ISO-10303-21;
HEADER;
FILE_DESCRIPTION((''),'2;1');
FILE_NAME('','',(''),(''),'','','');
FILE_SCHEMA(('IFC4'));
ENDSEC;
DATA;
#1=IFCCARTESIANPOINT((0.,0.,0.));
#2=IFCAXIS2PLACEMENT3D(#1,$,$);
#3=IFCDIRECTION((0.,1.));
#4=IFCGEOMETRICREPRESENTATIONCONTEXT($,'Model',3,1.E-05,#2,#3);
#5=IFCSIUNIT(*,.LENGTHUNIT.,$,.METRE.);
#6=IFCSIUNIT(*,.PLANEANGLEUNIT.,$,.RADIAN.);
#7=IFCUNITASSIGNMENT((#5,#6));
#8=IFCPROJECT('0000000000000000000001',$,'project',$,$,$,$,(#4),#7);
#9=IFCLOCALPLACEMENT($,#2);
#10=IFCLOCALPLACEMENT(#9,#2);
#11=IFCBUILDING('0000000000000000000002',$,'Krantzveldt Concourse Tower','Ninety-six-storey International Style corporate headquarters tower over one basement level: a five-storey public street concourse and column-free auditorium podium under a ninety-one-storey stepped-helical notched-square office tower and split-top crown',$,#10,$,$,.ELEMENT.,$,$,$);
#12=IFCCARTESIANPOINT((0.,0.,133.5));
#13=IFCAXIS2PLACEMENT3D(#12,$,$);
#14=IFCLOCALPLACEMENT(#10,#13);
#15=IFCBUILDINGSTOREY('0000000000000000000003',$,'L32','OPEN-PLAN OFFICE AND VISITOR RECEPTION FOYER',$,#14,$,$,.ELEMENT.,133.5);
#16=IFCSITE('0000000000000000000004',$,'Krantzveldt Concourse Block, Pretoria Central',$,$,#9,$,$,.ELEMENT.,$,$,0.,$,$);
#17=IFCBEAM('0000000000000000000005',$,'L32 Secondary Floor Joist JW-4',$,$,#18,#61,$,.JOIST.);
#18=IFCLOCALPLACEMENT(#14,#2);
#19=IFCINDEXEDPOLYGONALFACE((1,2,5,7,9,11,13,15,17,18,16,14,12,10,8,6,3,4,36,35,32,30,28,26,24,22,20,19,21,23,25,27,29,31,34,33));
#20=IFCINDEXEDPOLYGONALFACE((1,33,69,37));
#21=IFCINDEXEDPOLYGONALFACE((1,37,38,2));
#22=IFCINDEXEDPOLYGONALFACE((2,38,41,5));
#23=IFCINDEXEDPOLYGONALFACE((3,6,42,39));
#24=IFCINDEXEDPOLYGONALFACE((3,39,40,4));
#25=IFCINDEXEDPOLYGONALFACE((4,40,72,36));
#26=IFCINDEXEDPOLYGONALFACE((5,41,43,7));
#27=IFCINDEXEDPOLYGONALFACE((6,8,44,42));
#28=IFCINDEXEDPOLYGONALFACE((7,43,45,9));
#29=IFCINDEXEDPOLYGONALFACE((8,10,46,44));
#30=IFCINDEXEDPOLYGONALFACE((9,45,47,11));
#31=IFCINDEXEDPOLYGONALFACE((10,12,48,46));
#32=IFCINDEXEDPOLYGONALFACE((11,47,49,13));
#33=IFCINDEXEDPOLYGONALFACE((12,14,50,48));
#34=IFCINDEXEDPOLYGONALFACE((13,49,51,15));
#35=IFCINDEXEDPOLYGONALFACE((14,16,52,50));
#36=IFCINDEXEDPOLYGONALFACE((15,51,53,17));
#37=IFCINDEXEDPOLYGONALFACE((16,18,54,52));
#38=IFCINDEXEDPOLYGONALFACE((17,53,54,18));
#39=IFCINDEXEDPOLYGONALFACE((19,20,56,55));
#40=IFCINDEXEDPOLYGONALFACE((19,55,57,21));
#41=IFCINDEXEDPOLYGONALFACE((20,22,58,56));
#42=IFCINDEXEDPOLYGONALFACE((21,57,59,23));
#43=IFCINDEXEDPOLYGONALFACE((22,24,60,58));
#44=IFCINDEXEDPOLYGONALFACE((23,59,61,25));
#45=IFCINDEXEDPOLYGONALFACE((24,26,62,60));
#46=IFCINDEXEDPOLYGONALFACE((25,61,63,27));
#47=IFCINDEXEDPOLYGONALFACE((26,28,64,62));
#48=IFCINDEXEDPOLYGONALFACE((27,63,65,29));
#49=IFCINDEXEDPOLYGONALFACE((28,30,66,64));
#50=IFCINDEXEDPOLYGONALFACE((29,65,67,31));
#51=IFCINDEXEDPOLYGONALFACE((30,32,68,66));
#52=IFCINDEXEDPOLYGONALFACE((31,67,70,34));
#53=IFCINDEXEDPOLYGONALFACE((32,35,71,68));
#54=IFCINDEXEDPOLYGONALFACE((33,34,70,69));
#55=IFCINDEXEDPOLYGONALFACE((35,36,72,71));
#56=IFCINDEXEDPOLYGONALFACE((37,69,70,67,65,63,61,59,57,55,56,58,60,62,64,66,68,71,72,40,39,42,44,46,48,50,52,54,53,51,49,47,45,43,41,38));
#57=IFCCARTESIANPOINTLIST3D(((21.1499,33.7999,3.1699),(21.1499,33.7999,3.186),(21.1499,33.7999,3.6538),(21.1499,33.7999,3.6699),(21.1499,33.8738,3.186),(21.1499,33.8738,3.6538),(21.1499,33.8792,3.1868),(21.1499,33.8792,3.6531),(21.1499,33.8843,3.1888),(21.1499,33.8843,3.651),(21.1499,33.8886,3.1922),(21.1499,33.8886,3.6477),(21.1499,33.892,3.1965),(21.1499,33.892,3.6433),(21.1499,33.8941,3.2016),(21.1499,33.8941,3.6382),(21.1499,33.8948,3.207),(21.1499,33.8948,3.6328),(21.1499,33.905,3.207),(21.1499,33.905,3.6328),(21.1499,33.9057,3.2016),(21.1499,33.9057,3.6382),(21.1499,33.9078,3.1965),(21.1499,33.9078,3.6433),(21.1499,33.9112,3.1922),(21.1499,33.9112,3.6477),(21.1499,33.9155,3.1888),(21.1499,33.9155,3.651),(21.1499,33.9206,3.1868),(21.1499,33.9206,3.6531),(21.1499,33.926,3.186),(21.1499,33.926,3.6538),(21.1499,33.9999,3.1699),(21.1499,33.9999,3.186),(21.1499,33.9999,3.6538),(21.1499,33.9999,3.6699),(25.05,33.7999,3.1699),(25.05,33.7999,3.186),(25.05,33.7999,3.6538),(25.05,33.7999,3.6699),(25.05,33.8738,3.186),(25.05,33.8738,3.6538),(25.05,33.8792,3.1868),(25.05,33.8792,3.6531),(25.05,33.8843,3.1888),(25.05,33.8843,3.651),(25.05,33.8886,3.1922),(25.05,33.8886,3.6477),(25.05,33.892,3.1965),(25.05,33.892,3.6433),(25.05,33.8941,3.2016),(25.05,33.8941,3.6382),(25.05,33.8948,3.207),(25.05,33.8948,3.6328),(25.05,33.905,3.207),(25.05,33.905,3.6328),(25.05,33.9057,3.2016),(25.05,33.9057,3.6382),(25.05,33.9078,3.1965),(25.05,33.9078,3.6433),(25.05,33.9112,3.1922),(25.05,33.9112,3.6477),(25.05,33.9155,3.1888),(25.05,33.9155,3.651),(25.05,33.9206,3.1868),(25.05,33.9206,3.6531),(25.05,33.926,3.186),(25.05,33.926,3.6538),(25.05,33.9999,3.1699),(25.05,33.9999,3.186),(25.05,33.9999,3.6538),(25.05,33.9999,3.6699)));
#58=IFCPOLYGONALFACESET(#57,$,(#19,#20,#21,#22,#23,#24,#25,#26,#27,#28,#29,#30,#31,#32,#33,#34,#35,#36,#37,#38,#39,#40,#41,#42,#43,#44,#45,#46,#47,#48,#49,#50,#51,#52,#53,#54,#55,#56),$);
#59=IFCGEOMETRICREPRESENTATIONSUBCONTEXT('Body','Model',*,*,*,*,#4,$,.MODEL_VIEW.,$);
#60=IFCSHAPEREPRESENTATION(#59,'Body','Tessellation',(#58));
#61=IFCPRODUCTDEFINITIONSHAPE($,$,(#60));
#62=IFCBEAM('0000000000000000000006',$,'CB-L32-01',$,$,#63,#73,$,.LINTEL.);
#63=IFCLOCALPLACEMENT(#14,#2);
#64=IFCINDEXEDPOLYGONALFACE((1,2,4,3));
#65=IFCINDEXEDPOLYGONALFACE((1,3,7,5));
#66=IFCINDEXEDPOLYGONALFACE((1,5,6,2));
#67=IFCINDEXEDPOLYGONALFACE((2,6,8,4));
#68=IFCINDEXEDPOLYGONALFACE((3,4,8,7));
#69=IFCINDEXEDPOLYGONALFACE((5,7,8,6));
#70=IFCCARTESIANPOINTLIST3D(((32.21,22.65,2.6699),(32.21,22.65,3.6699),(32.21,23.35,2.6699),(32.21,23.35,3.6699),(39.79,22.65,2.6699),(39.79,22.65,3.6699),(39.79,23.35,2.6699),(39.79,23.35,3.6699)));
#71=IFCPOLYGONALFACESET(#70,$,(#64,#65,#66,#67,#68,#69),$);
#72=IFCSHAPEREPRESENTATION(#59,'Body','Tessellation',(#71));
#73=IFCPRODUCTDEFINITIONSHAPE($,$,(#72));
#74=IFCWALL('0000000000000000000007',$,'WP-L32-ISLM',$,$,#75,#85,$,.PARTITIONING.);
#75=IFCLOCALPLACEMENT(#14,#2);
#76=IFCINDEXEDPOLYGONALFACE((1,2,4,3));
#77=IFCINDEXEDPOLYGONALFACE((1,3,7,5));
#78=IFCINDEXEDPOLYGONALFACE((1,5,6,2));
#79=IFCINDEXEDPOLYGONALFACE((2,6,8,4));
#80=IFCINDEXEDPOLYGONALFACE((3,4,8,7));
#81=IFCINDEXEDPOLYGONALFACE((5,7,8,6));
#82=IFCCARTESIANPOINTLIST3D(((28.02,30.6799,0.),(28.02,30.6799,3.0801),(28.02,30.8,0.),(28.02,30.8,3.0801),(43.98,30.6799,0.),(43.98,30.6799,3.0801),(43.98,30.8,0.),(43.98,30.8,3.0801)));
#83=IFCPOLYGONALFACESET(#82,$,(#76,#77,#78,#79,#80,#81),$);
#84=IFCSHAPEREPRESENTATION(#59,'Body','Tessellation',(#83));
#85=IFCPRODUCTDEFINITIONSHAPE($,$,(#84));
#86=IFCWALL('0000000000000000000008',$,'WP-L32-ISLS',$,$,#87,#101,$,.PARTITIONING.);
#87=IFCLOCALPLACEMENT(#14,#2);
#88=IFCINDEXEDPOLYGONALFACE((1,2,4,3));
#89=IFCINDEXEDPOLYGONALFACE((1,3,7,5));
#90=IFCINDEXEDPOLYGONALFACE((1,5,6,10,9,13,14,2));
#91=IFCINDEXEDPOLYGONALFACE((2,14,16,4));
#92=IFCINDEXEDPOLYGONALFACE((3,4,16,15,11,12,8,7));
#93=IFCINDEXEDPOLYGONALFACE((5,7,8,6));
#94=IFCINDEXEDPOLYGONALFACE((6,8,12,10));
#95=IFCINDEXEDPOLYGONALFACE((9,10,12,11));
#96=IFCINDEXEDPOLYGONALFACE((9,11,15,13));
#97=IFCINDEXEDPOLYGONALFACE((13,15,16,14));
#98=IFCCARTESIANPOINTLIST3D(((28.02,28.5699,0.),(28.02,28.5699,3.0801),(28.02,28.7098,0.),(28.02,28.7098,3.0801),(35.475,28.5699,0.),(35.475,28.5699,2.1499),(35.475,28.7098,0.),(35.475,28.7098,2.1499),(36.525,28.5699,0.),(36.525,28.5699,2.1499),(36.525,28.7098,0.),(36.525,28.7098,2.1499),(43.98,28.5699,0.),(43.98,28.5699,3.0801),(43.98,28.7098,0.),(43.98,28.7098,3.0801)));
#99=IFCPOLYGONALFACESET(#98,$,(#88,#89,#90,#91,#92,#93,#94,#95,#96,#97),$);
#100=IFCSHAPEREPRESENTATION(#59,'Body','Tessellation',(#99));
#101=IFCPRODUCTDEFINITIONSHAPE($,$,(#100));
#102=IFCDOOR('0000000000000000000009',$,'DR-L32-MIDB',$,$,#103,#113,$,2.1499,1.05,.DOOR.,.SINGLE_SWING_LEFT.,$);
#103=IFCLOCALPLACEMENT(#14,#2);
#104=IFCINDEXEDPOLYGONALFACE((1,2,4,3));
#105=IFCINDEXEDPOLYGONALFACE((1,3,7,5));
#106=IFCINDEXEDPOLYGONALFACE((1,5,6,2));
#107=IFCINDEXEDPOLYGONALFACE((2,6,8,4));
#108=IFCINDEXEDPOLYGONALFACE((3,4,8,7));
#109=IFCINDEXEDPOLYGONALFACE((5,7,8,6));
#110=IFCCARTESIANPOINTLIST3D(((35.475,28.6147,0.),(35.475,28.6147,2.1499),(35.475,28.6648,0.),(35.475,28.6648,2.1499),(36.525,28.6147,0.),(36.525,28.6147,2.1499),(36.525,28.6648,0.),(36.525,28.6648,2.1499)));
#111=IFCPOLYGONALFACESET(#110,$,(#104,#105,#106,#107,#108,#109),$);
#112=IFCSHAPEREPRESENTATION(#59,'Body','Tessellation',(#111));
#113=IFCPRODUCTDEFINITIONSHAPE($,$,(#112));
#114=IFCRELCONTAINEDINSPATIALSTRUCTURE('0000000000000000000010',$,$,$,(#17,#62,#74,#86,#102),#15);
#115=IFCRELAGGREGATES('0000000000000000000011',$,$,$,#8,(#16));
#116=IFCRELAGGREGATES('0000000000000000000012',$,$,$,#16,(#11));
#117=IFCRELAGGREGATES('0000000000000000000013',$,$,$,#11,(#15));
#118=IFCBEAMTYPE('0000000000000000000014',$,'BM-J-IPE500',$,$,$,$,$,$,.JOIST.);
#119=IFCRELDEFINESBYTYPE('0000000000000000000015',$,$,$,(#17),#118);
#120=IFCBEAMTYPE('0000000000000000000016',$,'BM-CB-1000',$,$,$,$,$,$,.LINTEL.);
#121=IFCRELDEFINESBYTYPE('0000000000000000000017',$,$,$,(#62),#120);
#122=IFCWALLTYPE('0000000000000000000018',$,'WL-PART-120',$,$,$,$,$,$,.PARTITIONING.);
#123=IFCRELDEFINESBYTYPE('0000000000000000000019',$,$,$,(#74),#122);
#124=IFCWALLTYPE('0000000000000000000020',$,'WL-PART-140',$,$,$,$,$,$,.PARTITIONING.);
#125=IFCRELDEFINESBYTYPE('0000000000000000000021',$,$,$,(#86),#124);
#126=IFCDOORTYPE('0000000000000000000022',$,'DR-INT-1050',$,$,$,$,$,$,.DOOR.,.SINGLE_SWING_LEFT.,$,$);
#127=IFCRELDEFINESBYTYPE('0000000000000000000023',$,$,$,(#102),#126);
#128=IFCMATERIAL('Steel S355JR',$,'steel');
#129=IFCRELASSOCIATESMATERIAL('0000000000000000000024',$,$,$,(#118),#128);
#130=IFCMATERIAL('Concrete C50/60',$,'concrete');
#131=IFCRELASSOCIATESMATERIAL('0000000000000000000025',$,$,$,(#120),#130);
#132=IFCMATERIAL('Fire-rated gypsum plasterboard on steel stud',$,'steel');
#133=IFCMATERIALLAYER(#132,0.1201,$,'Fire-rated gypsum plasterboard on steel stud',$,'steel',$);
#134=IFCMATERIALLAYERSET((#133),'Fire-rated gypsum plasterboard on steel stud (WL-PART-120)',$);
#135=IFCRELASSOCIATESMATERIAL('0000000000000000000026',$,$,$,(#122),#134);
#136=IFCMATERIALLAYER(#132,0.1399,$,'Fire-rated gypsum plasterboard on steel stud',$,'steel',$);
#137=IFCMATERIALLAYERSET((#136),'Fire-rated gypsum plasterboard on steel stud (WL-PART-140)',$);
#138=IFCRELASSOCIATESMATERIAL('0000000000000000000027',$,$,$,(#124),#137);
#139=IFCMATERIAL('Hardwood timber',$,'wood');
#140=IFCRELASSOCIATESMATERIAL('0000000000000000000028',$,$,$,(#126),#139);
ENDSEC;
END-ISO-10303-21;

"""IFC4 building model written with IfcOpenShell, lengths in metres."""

from ifc_helpers import new_model, si_unit, direction, frame, frame_2d, origin, origin_2d, place, context, subcontext, project, spatial, rectangle, i_section, extrude, source, transform, mapped, material, layer, layer_set, material_profile, profile_set, type_object, type_shapes, element, fill, save


model = new_model("IFC4")

# Units and contexts
model_context = context("Model", 3, precision=1e-05, world=origin(), true_north=direction((0.0, 1.0)))
body_context = subcontext(model_context, "Body", "Model", "MODEL_VIEW")
ifc_project = project(units=[si_unit("LENGTHUNIT", "METRE"), si_unit("PLANEANGLEUNIT", "RADIAN")], contexts=[model_context])

# Site, building, storey
site_placement = place(None, origin())
site = spatial("IfcSite", under=ifc_project, at=site_placement, Name="Krantzveldt Concourse Block, Pretoria Central", CompositionType="ELEMENT", RefElevation=0.0)
building_placement = place(site_placement, origin())
building = spatial("IfcBuilding", under=site, at=building_placement, Name="Krantzveldt Concourse Tower", Description="Ninety-six-storey International Style corporate headquarters tower over one basement level: a five-storey public street concourse and column-free auditorium podium under a ninety-one-storey stepped-helical notched-square office tower and split-top crown", CompositionType="ELEMENT")
storey_placement = place(building_placement, frame((0.0, 0.0, 133.5)))
storey = spatial("IfcBuildingStorey", under=building, at=storey_placement, Name="L32", Description="OPEN-PLAN OFFICE AND VISITOR RECEPTION FOYER", CompositionType="ELEMENT", Elevation=133.5)

# Beams
ifc_material_1 = material(Name="Steel S355JR", Category="steel")
ifc_material_profile_1 = material_profile(ifc_material_1, i_section(OverallWidth=0.2, OverallDepth=0.5, WebThickness=0.0103, FlangeThickness=0.0161, FilletRadius=0.021, at=origin_2d()), Name="Steel S355JR", Category="steel")
ifc_profile_set_1 = profile_set([ifc_material_profile_1], Name="Steel S355JR - IPE 500")
beam_type_1 = type_object("IfcBeamType", Name="BM-J-IPE500", PredefinedType="JOIST", material=ifc_profile_set_1)
shared_shape_1 = source(origin(), body_context, "Body", "SweptSolid", [
    extrude(i_section(OverallWidth=0.2, OverallDepth=0.5, WebThickness=0.0103, FlangeThickness=0.0161, FilletRadius=0.021, at=origin_2d()), origin(), (0.0, 0.0, 1.0), 3.9001),
])
for number, where, z_axis, x_axis, name in (
    (1, (21.1499, 33.8999, 3.4199), (1.0, 0.0, 0.0), (0.0, 1.0, 0.0), "L32 Secondary Floor Joist JW-4"),
):
    element("IfcBeam", number, at=place(storey_placement, frame(where, z_axis=z_axis, x_axis=x_axis)), inside=storey, type_object=beam_type_1, Name=name, PredefinedType="JOIST", context=body_context, shape_type="MappedRepresentation", body=[
        mapped(shared_shape_1, transform((0.0, 0.0, 0.0), x_axis=(1.0, 0.0, 0.0), y_axis=(0.0, 1.0, 0.0), z_axis=(0.0, 0.0, 1.0), scale=1.0)),
    ])
ifc_material_2 = material(Name="Concrete C50/60", Category="concrete")
ifc_material_profile_2 = material_profile(ifc_material_2, rectangle(XDim=0.7, YDim=1.0, at=origin_2d()), Name="Concrete C50/60", Category="concrete")
ifc_profile_set_2 = profile_set([ifc_material_profile_2], Name="Concrete C50/60 - RC-CB 700x1000")
beam_type_2 = type_object("IfcBeamType", Name="BM-CB-1000", PredefinedType="LINTEL", material=ifc_profile_set_2)
shared_shape_2 = source(origin(), body_context, "Body", "SweptSolid", [
    extrude(rectangle(XDim=0.7, YDim=1.0, at=origin_2d()), origin(), (0.0, 0.0, 1.0), 7.5801),
])
type_shapes(beam_type_2, [shared_shape_2])
beam_1_placement = place(storey_placement, frame((32.21, 23.0, 3.1699), z_axis=(1.0, 0.0, 0.0), x_axis=(0.0, 1.0, 0.0)))
element("IfcBeam", 2, at=beam_1_placement, inside=storey, type_object=beam_type_2, Name="CB-L32-01", PredefinedType="LINTEL", context=body_context, shape_type="MappedRepresentation", body=[
    mapped(shared_shape_2, transform((0.0, 0.0, 0.0), x_axis=(1.0, 0.0, 0.0), y_axis=(0.0, 1.0, 0.0), z_axis=(0.0, 0.0, 1.0), scale=1.0)),
])

# Wall
ifc_material_3 = material(Name="Fire-rated gypsum plasterboard on steel stud", Category="steel")
ifc_layer_1 = layer(ifc_material_3, 0.1201, Name="Fire-rated gypsum plasterboard on steel stud", Category="steel")
ifc_layer_set_1 = layer_set([ifc_layer_1], Name="Fire-rated gypsum plasterboard on steel stud (WL-PART-120)")
wall_type_1 = type_object("IfcWallType", Name="WL-PART-120", PredefinedType="PARTITIONING", material=ifc_layer_set_1)
wall_1_placement = place(storey_placement, frame((28.02, 30.74, 0.0), z_axis=(0.0, 0.0, 1.0), x_axis=(1.0, 0.0, 0.0)))
element("IfcWall", 3, at=wall_1_placement, inside=storey, type_object=wall_type_1, Name="WP-L32-ISLM", PredefinedType="PARTITIONING", context=body_context, shape_type="SweptSolid", body=[
    extrude(rectangle(XDim=15.96, YDim=0.1201, at=frame_2d((7.98, 0.0))), origin(), (0.0, 0.0, 1.0), 3.0801),
])

# Wall, opening, door
ifc_layer_2 = layer(ifc_material_3, 0.1399, Name="Fire-rated gypsum plasterboard on steel stud", Category="steel")
ifc_layer_set_2 = layer_set([ifc_layer_2], Name="Fire-rated gypsum plasterboard on steel stud (WL-PART-140)")
wall_type_2 = type_object("IfcWallType", Name="WL-PART-140", PredefinedType="PARTITIONING", material=ifc_layer_set_2)
wall_2_placement = place(storey_placement, frame((28.02, 28.6399, 0.0), z_axis=(0.0, 0.0, 1.0), x_axis=(1.0, 0.0, 0.0)))
wall_2 = element("IfcWall", 4, at=wall_2_placement, inside=storey, type_object=wall_type_2, Name="WP-L32-ISLS", PredefinedType="PARTITIONING", context=body_context, shape_type="SweptSolid", body=[
    extrude(rectangle(XDim=15.96, YDim=0.1399, at=frame_2d((7.98, 0.0))), origin(), (0.0, 0.0, 1.0), 3.0801),
])
opening_1_placement = place(wall_2_placement, frame((7.4551, 0.0, 0.0)))
opening_1 = element("IfcOpeningElement", 5, at=opening_1_placement, cuts=wall_2, PredefinedType="OPENING", context=body_context, shape_type="SweptSolid", body=[
    extrude(rectangle(XDim=1.05, YDim=2.1499, at=frame_2d((0.5249, 1.075))), frame((0.0, 0.0801, 0.0), z_axis=(0.0, -1.0, 0.0), x_axis=(1.0, 0.0, 0.0)), (0.0, 0.0, 1.0), 0.1599),
])
ifc_material_4 = material(Name="Hardwood timber", Category="wood")
door_type_1 = type_object("IfcDoorType", Name="DR-INT-1050", OperationType="SINGLE_SWING_LEFT", PredefinedType="DOOR", material=ifc_material_4)
door_1_placement = place(opening_1_placement, origin())
door_1 = element("IfcDoor", 6, at=door_1_placement, inside=storey, type_object=door_type_1, Name="DR-L32-MIDB", OperationType="SINGLE_SWING_LEFT", OverallHeight=2.1499, OverallWidth=1.05, PredefinedType="DOOR", context=body_context, shape_type="SweptSolid", body=[
    extrude(rectangle(XDim=1.05, YDim=2.1499, at=frame_2d((0.5249, 1.075))), frame((0.0, 0.0249, 0.0), z_axis=(0.0, -1.0, 0.0), x_axis=(1.0, 0.0, 0.0)), (0.0, 0.0, 1.0), 0.05),
])
fill(opening_1, door_1)

save(model, "model.ifc")
